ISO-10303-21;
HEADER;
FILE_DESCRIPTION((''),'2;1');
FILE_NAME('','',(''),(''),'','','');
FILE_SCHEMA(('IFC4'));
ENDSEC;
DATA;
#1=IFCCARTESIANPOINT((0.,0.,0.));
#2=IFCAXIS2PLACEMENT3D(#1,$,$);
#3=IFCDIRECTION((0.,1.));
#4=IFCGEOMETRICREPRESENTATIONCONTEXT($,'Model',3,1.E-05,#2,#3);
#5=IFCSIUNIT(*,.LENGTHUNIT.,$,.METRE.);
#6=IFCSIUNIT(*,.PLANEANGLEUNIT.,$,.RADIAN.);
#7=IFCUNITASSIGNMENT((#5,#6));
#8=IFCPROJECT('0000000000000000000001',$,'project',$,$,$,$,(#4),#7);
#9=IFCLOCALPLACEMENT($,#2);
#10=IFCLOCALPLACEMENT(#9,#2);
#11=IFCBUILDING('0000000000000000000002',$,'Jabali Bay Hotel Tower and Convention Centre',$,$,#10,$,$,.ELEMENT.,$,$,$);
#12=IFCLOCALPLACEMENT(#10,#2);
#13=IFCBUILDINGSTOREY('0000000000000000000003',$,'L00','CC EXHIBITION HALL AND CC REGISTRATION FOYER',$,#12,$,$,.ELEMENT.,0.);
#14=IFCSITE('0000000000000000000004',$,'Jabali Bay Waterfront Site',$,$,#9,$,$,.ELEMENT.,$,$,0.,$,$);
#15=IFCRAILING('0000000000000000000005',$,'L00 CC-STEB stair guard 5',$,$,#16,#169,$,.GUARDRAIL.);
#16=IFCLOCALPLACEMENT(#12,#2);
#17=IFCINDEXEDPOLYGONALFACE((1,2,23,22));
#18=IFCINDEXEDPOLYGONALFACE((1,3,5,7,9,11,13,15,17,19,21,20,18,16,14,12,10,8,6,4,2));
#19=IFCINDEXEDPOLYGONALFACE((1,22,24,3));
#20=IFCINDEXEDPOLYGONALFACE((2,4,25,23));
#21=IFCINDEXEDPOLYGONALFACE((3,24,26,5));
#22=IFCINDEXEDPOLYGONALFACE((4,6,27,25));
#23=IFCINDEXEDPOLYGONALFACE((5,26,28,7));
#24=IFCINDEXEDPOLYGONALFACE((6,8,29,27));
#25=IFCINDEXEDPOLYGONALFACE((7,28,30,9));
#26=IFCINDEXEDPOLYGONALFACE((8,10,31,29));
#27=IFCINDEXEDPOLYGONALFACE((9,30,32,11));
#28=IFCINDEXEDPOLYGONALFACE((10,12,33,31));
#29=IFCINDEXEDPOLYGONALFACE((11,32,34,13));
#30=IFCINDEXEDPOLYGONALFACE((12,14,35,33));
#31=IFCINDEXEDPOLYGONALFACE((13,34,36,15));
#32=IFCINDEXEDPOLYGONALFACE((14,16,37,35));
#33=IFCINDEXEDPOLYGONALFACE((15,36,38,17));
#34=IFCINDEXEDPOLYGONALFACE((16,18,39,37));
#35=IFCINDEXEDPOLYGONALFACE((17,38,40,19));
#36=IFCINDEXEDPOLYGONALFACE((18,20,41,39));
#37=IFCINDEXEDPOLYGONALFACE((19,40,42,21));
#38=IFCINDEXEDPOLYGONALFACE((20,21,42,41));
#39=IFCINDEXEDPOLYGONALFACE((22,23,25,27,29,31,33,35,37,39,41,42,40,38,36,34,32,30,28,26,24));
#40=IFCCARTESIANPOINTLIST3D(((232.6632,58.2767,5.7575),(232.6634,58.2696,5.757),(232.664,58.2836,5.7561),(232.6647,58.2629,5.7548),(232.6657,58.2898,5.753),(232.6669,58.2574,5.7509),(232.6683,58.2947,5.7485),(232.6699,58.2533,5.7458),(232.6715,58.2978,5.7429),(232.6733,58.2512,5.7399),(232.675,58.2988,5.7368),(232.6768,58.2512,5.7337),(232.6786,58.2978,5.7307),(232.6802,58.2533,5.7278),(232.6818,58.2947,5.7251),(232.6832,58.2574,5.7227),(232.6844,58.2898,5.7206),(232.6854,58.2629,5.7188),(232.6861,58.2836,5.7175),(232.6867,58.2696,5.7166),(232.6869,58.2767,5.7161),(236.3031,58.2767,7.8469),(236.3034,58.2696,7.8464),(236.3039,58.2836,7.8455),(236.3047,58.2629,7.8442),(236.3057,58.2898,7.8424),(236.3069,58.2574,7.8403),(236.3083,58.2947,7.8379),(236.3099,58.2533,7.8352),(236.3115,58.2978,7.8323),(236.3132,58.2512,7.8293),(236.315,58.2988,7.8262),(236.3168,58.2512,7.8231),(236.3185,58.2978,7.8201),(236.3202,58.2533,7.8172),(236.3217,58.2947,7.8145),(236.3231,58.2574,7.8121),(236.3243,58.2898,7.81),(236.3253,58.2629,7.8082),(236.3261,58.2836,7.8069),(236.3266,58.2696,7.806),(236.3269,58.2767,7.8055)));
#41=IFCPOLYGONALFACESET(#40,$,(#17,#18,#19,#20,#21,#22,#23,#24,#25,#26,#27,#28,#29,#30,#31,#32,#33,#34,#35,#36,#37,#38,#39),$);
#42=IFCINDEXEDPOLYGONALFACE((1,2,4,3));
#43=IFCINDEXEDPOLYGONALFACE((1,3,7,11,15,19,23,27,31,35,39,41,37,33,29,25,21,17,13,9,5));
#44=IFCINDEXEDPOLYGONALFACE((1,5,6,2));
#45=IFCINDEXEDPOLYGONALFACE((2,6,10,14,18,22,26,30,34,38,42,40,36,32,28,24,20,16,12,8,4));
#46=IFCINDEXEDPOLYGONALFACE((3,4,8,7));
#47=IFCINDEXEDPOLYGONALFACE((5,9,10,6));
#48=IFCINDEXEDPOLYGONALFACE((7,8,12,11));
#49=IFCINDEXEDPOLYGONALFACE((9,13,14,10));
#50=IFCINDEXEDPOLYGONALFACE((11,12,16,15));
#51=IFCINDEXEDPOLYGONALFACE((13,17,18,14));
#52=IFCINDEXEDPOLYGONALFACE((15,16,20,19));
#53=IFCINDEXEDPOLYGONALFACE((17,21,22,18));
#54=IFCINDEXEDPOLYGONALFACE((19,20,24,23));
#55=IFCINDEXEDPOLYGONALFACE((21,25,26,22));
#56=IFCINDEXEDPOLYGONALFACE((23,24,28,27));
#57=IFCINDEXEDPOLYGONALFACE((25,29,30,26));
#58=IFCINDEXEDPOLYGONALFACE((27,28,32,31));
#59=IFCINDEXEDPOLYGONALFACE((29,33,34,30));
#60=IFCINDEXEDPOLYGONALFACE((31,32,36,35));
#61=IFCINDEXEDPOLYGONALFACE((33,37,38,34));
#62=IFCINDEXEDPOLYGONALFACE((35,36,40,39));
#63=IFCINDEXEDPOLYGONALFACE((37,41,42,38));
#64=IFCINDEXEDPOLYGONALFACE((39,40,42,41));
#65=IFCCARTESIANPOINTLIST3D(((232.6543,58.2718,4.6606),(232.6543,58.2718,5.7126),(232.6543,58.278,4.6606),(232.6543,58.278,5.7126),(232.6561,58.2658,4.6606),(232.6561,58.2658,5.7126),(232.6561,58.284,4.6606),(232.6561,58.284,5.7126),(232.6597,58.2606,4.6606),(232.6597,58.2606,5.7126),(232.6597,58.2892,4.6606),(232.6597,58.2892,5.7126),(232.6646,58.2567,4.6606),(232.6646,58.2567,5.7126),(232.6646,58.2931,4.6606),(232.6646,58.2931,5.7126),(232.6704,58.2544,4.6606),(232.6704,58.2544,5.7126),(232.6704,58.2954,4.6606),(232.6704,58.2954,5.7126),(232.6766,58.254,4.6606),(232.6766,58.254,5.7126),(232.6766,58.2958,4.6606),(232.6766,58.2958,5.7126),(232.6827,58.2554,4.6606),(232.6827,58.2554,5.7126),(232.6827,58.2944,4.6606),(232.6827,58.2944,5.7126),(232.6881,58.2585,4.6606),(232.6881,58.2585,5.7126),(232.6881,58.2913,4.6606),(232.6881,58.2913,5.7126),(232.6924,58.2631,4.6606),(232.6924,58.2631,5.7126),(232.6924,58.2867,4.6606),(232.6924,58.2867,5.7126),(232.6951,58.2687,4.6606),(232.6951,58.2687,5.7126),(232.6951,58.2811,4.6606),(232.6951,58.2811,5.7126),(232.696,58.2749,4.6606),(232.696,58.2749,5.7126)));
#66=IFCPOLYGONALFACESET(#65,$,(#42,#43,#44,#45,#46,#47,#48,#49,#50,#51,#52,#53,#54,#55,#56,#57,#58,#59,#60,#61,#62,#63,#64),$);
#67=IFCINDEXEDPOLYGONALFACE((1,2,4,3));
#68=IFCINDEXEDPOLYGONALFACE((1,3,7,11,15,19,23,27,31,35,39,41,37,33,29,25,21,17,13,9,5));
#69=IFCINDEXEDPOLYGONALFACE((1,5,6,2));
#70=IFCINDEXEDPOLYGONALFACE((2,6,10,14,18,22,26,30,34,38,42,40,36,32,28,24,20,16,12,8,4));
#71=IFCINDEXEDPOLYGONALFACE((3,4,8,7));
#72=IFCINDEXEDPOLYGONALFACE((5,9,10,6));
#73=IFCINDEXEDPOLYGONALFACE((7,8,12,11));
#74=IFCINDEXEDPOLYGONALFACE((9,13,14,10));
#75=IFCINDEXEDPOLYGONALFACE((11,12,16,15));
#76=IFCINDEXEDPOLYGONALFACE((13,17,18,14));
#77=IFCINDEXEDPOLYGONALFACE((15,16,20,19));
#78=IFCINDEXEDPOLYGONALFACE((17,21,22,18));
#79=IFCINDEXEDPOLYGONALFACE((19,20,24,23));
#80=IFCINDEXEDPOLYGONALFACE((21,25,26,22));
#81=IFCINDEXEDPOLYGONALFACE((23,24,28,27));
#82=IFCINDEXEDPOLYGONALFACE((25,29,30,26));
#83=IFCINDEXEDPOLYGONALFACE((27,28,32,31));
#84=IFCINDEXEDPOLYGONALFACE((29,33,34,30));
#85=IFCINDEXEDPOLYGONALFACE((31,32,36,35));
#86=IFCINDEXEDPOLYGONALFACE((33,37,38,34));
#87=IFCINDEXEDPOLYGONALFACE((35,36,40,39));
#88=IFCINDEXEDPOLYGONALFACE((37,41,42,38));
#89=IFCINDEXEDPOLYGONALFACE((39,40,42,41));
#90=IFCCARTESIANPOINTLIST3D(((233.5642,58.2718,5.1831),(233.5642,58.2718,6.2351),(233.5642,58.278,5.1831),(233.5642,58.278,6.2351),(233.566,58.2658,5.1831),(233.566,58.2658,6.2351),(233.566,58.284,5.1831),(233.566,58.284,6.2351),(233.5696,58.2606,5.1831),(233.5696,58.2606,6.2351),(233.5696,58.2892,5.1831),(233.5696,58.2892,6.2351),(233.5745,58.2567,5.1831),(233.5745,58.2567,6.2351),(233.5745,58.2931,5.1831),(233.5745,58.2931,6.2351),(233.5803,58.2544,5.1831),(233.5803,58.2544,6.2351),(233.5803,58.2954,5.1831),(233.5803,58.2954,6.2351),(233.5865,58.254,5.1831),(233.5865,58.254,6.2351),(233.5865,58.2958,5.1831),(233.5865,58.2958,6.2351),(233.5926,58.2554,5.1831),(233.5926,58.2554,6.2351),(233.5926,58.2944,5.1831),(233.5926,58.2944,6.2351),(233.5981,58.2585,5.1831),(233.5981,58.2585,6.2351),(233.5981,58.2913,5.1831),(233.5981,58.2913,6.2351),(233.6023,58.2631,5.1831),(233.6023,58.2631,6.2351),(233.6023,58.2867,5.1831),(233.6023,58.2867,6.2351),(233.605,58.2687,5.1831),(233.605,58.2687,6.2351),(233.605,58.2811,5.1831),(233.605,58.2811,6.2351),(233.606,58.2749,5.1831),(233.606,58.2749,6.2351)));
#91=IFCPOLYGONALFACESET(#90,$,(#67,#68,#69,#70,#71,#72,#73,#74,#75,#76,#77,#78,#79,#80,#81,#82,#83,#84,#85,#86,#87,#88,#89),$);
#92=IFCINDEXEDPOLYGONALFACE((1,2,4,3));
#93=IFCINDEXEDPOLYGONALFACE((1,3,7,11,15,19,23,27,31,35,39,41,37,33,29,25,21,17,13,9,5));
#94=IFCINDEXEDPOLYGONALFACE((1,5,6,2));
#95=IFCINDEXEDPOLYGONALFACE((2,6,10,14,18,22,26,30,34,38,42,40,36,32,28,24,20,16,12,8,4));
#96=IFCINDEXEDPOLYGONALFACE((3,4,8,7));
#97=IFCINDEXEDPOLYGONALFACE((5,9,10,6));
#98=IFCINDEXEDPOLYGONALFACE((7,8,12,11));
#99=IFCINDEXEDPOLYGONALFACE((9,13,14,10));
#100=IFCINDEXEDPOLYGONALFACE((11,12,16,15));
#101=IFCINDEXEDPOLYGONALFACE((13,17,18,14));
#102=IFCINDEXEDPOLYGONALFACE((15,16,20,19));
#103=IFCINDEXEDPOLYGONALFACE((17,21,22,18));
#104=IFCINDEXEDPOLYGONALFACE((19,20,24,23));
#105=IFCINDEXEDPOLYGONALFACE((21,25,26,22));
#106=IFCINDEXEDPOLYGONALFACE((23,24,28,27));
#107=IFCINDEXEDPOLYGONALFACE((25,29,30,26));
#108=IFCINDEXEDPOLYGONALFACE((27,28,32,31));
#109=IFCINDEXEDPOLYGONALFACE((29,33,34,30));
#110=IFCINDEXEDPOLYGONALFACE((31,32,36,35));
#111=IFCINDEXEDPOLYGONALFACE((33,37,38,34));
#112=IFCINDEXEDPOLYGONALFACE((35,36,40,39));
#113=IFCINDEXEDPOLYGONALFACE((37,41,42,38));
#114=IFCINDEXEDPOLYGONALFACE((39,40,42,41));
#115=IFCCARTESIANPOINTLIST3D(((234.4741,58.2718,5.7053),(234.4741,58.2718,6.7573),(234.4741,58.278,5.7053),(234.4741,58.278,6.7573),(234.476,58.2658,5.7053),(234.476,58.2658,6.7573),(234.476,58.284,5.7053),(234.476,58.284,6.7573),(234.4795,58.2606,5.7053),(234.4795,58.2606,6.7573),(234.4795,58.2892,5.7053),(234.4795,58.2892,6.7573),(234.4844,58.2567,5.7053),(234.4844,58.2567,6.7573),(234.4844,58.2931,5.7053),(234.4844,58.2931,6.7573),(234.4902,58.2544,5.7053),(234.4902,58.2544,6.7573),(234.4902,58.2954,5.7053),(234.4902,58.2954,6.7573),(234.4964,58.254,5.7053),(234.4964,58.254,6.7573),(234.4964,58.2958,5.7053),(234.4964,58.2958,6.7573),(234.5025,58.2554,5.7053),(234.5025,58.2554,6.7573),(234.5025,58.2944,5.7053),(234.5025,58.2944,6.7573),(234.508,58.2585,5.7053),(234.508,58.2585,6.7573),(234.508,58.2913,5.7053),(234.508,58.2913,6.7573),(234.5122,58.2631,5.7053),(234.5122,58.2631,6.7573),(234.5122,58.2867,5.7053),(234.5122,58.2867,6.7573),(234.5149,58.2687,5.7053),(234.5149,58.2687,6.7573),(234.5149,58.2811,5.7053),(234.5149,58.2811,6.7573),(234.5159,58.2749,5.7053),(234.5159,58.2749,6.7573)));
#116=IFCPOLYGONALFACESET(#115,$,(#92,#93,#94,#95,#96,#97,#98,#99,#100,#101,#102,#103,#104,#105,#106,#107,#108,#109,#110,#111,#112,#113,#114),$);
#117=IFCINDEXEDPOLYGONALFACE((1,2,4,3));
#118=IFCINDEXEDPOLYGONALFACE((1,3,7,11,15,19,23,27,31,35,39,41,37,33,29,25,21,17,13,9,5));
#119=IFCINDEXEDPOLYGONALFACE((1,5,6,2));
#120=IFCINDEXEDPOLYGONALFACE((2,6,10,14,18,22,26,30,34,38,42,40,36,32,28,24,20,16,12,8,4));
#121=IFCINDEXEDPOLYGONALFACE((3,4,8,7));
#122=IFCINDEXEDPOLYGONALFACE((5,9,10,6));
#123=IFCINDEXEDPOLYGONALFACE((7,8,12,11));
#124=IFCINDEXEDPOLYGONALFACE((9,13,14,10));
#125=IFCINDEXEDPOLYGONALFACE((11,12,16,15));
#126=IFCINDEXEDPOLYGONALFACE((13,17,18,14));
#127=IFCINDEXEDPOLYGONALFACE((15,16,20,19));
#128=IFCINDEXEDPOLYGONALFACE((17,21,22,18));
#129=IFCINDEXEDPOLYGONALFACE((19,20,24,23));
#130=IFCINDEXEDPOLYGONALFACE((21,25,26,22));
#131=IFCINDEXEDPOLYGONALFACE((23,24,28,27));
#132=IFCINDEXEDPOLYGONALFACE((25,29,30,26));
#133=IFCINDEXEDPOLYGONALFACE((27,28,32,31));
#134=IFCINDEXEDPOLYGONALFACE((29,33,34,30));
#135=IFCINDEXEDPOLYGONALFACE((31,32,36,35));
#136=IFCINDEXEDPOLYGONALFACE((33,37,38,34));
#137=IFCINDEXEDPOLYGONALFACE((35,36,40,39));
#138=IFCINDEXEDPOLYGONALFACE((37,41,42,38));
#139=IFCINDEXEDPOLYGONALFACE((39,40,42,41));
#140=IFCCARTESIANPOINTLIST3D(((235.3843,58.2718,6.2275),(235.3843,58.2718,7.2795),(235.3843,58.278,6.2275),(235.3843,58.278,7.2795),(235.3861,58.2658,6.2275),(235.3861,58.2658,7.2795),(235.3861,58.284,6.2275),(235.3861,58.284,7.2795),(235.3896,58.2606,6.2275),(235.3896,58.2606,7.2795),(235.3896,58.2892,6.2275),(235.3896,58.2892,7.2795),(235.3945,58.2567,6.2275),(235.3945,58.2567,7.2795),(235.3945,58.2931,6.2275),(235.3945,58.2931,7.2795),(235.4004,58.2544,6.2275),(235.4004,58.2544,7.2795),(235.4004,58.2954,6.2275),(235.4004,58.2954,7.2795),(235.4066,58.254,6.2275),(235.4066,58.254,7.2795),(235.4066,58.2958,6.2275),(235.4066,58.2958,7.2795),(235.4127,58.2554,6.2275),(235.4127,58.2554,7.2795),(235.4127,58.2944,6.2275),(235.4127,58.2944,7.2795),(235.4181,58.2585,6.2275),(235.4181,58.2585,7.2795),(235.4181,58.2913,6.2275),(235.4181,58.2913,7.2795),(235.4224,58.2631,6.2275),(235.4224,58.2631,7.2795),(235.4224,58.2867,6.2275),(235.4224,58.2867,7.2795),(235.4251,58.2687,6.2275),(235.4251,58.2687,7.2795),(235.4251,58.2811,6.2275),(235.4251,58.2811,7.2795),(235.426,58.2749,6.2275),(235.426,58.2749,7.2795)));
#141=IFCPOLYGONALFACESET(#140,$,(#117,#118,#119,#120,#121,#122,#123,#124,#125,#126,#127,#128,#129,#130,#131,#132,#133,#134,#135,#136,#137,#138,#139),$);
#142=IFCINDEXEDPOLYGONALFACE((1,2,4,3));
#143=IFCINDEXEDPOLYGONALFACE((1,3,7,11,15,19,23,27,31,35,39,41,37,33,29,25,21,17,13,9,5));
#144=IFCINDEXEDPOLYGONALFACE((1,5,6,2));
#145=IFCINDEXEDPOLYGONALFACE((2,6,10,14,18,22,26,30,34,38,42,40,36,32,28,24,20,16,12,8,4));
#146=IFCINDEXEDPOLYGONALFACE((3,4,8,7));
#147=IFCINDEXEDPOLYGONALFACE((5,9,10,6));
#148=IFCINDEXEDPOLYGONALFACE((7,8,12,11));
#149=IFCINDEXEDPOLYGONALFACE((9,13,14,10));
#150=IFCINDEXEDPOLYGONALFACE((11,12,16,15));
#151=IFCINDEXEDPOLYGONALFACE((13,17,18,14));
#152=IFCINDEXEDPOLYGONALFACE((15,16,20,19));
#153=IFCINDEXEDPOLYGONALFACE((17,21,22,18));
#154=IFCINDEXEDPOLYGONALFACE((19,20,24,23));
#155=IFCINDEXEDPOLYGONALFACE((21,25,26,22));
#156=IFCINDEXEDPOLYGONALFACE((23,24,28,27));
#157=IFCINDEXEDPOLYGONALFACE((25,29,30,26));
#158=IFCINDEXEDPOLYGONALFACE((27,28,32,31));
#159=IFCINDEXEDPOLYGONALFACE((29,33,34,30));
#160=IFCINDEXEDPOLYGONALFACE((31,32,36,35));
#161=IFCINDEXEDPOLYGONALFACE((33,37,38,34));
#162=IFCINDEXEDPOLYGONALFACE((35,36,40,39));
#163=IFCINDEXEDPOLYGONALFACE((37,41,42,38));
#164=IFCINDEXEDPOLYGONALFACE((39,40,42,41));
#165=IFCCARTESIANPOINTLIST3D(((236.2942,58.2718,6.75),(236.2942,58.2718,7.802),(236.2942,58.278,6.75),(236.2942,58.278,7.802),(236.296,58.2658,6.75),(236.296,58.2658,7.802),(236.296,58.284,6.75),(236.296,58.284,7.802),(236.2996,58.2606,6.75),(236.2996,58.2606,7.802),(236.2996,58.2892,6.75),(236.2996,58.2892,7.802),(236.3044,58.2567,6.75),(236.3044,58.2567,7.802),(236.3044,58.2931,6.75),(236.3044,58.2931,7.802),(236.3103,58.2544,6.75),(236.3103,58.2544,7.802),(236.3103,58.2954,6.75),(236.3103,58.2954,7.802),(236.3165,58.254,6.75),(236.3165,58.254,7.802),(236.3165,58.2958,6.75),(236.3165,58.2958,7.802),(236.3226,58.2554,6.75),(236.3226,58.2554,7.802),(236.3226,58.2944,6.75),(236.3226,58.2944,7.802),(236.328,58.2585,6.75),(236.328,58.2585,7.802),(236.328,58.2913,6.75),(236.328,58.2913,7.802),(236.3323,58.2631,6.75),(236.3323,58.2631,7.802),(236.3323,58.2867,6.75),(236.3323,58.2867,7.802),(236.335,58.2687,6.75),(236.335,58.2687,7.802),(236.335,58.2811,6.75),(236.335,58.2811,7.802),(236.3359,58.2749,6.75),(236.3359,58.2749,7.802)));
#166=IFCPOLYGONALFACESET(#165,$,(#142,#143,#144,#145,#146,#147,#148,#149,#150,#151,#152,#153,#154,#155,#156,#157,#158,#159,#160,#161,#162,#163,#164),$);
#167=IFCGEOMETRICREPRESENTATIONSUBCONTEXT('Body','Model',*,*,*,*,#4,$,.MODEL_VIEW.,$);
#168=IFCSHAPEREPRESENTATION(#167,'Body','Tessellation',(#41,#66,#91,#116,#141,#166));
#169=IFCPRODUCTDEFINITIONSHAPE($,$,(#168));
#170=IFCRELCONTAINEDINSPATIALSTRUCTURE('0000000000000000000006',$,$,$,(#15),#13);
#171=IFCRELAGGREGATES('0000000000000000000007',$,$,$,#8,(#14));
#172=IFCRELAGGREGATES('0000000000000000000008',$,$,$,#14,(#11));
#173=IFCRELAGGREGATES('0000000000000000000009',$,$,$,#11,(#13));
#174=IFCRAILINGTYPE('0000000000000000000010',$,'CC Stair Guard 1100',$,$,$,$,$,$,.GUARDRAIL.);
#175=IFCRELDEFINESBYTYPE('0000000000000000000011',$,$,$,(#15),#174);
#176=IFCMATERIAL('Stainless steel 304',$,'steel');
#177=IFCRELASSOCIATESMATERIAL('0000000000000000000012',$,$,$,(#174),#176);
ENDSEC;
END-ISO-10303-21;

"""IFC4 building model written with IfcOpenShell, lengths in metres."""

from ifc_helpers import new_model, si_unit, direction, frame, origin, origin_2d, place, context, subcontext, project, spatial, circle, extrude, material, type_object, element, save


model = new_model("IFC4")

# Units and contexts
model_context = context("Model", 3, precision=1e-05, world=origin(), true_north=direction((0.0, 1.0)))
body_context = subcontext(model_context, "Body", "Model", "MODEL_VIEW")
ifc_project = project(units=[si_unit("LENGTHUNIT", "METRE"), si_unit("PLANEANGLEUNIT", "RADIAN")], contexts=[model_context])

# Site, building, storey
site_placement = place(None, origin())
site = spatial("IfcSite", under=ifc_project, at=site_placement, Name="Jabali Bay Waterfront Site", CompositionType="ELEMENT", RefElevation=0.0)
building_placement = place(site_placement, origin())
building = spatial("IfcBuilding", under=site, at=building_placement, Name="Jabali Bay Hotel Tower and Convention Centre", CompositionType="ELEMENT")
storey_placement = place(building_placement, origin())
storey = spatial("IfcBuildingStorey", under=building, at=storey_placement, Name="L00", Description="CC EXHIBITION HALL AND CC REGISTRATION FOYER", CompositionType="ELEMENT", Elevation=0.0)

# Railing
ifc_material_1 = material(Name="Stainless steel 304", Category="steel")
railing_type_1 = type_object("IfcRailingType", Name="CC Stair Guard 1100", PredefinedType="GUARDRAIL", material=ifc_material_1)
railing_1_placement = place(storey_placement, frame((232.675, 58.2749, 4.6606)))
element("IfcRailing", 1, at=railing_1_placement, inside=storey, type_object=railing_type_1, Name="L00 CC-STEB stair guard 5", PredefinedType="GUARDRAIL", context=body_context, shape_type="SweptSolid", body=[
    extrude(circle(Radius=0.0239, at=origin_2d()), frame((0.0, 0.0, 1.0762), z_axis=(0.867275, 0.0, 0.497829), x_axis=(0.0, 1.0, 0.0)), (0.0, 0.0, 1.0), 4.197),
    extrude(circle(Radius=0.021, at=origin_2d()), origin(), (0.0, 0.0, 1.0), 1.052),
    extrude(circle(Radius=0.021, at=origin_2d()), frame((0.9099, 0.0, 0.5225)), (0.0, 0.0, 1.0), 1.052),
    extrude(circle(Radius=0.021, at=origin_2d()), frame((1.8198, 0.0, 1.0447)), (0.0, 0.0, 1.0), 1.052),
    extrude(circle(Radius=0.021, at=origin_2d()), frame((2.73, 0.0, 1.5669)), (0.0, 0.0, 1.0), 1.052),
    extrude(circle(Radius=0.021, at=origin_2d()), frame((3.6399, 0.0, 2.0894)), (0.0, 0.0, 1.0), 1.052),
])

save(model, "model.ifc")
